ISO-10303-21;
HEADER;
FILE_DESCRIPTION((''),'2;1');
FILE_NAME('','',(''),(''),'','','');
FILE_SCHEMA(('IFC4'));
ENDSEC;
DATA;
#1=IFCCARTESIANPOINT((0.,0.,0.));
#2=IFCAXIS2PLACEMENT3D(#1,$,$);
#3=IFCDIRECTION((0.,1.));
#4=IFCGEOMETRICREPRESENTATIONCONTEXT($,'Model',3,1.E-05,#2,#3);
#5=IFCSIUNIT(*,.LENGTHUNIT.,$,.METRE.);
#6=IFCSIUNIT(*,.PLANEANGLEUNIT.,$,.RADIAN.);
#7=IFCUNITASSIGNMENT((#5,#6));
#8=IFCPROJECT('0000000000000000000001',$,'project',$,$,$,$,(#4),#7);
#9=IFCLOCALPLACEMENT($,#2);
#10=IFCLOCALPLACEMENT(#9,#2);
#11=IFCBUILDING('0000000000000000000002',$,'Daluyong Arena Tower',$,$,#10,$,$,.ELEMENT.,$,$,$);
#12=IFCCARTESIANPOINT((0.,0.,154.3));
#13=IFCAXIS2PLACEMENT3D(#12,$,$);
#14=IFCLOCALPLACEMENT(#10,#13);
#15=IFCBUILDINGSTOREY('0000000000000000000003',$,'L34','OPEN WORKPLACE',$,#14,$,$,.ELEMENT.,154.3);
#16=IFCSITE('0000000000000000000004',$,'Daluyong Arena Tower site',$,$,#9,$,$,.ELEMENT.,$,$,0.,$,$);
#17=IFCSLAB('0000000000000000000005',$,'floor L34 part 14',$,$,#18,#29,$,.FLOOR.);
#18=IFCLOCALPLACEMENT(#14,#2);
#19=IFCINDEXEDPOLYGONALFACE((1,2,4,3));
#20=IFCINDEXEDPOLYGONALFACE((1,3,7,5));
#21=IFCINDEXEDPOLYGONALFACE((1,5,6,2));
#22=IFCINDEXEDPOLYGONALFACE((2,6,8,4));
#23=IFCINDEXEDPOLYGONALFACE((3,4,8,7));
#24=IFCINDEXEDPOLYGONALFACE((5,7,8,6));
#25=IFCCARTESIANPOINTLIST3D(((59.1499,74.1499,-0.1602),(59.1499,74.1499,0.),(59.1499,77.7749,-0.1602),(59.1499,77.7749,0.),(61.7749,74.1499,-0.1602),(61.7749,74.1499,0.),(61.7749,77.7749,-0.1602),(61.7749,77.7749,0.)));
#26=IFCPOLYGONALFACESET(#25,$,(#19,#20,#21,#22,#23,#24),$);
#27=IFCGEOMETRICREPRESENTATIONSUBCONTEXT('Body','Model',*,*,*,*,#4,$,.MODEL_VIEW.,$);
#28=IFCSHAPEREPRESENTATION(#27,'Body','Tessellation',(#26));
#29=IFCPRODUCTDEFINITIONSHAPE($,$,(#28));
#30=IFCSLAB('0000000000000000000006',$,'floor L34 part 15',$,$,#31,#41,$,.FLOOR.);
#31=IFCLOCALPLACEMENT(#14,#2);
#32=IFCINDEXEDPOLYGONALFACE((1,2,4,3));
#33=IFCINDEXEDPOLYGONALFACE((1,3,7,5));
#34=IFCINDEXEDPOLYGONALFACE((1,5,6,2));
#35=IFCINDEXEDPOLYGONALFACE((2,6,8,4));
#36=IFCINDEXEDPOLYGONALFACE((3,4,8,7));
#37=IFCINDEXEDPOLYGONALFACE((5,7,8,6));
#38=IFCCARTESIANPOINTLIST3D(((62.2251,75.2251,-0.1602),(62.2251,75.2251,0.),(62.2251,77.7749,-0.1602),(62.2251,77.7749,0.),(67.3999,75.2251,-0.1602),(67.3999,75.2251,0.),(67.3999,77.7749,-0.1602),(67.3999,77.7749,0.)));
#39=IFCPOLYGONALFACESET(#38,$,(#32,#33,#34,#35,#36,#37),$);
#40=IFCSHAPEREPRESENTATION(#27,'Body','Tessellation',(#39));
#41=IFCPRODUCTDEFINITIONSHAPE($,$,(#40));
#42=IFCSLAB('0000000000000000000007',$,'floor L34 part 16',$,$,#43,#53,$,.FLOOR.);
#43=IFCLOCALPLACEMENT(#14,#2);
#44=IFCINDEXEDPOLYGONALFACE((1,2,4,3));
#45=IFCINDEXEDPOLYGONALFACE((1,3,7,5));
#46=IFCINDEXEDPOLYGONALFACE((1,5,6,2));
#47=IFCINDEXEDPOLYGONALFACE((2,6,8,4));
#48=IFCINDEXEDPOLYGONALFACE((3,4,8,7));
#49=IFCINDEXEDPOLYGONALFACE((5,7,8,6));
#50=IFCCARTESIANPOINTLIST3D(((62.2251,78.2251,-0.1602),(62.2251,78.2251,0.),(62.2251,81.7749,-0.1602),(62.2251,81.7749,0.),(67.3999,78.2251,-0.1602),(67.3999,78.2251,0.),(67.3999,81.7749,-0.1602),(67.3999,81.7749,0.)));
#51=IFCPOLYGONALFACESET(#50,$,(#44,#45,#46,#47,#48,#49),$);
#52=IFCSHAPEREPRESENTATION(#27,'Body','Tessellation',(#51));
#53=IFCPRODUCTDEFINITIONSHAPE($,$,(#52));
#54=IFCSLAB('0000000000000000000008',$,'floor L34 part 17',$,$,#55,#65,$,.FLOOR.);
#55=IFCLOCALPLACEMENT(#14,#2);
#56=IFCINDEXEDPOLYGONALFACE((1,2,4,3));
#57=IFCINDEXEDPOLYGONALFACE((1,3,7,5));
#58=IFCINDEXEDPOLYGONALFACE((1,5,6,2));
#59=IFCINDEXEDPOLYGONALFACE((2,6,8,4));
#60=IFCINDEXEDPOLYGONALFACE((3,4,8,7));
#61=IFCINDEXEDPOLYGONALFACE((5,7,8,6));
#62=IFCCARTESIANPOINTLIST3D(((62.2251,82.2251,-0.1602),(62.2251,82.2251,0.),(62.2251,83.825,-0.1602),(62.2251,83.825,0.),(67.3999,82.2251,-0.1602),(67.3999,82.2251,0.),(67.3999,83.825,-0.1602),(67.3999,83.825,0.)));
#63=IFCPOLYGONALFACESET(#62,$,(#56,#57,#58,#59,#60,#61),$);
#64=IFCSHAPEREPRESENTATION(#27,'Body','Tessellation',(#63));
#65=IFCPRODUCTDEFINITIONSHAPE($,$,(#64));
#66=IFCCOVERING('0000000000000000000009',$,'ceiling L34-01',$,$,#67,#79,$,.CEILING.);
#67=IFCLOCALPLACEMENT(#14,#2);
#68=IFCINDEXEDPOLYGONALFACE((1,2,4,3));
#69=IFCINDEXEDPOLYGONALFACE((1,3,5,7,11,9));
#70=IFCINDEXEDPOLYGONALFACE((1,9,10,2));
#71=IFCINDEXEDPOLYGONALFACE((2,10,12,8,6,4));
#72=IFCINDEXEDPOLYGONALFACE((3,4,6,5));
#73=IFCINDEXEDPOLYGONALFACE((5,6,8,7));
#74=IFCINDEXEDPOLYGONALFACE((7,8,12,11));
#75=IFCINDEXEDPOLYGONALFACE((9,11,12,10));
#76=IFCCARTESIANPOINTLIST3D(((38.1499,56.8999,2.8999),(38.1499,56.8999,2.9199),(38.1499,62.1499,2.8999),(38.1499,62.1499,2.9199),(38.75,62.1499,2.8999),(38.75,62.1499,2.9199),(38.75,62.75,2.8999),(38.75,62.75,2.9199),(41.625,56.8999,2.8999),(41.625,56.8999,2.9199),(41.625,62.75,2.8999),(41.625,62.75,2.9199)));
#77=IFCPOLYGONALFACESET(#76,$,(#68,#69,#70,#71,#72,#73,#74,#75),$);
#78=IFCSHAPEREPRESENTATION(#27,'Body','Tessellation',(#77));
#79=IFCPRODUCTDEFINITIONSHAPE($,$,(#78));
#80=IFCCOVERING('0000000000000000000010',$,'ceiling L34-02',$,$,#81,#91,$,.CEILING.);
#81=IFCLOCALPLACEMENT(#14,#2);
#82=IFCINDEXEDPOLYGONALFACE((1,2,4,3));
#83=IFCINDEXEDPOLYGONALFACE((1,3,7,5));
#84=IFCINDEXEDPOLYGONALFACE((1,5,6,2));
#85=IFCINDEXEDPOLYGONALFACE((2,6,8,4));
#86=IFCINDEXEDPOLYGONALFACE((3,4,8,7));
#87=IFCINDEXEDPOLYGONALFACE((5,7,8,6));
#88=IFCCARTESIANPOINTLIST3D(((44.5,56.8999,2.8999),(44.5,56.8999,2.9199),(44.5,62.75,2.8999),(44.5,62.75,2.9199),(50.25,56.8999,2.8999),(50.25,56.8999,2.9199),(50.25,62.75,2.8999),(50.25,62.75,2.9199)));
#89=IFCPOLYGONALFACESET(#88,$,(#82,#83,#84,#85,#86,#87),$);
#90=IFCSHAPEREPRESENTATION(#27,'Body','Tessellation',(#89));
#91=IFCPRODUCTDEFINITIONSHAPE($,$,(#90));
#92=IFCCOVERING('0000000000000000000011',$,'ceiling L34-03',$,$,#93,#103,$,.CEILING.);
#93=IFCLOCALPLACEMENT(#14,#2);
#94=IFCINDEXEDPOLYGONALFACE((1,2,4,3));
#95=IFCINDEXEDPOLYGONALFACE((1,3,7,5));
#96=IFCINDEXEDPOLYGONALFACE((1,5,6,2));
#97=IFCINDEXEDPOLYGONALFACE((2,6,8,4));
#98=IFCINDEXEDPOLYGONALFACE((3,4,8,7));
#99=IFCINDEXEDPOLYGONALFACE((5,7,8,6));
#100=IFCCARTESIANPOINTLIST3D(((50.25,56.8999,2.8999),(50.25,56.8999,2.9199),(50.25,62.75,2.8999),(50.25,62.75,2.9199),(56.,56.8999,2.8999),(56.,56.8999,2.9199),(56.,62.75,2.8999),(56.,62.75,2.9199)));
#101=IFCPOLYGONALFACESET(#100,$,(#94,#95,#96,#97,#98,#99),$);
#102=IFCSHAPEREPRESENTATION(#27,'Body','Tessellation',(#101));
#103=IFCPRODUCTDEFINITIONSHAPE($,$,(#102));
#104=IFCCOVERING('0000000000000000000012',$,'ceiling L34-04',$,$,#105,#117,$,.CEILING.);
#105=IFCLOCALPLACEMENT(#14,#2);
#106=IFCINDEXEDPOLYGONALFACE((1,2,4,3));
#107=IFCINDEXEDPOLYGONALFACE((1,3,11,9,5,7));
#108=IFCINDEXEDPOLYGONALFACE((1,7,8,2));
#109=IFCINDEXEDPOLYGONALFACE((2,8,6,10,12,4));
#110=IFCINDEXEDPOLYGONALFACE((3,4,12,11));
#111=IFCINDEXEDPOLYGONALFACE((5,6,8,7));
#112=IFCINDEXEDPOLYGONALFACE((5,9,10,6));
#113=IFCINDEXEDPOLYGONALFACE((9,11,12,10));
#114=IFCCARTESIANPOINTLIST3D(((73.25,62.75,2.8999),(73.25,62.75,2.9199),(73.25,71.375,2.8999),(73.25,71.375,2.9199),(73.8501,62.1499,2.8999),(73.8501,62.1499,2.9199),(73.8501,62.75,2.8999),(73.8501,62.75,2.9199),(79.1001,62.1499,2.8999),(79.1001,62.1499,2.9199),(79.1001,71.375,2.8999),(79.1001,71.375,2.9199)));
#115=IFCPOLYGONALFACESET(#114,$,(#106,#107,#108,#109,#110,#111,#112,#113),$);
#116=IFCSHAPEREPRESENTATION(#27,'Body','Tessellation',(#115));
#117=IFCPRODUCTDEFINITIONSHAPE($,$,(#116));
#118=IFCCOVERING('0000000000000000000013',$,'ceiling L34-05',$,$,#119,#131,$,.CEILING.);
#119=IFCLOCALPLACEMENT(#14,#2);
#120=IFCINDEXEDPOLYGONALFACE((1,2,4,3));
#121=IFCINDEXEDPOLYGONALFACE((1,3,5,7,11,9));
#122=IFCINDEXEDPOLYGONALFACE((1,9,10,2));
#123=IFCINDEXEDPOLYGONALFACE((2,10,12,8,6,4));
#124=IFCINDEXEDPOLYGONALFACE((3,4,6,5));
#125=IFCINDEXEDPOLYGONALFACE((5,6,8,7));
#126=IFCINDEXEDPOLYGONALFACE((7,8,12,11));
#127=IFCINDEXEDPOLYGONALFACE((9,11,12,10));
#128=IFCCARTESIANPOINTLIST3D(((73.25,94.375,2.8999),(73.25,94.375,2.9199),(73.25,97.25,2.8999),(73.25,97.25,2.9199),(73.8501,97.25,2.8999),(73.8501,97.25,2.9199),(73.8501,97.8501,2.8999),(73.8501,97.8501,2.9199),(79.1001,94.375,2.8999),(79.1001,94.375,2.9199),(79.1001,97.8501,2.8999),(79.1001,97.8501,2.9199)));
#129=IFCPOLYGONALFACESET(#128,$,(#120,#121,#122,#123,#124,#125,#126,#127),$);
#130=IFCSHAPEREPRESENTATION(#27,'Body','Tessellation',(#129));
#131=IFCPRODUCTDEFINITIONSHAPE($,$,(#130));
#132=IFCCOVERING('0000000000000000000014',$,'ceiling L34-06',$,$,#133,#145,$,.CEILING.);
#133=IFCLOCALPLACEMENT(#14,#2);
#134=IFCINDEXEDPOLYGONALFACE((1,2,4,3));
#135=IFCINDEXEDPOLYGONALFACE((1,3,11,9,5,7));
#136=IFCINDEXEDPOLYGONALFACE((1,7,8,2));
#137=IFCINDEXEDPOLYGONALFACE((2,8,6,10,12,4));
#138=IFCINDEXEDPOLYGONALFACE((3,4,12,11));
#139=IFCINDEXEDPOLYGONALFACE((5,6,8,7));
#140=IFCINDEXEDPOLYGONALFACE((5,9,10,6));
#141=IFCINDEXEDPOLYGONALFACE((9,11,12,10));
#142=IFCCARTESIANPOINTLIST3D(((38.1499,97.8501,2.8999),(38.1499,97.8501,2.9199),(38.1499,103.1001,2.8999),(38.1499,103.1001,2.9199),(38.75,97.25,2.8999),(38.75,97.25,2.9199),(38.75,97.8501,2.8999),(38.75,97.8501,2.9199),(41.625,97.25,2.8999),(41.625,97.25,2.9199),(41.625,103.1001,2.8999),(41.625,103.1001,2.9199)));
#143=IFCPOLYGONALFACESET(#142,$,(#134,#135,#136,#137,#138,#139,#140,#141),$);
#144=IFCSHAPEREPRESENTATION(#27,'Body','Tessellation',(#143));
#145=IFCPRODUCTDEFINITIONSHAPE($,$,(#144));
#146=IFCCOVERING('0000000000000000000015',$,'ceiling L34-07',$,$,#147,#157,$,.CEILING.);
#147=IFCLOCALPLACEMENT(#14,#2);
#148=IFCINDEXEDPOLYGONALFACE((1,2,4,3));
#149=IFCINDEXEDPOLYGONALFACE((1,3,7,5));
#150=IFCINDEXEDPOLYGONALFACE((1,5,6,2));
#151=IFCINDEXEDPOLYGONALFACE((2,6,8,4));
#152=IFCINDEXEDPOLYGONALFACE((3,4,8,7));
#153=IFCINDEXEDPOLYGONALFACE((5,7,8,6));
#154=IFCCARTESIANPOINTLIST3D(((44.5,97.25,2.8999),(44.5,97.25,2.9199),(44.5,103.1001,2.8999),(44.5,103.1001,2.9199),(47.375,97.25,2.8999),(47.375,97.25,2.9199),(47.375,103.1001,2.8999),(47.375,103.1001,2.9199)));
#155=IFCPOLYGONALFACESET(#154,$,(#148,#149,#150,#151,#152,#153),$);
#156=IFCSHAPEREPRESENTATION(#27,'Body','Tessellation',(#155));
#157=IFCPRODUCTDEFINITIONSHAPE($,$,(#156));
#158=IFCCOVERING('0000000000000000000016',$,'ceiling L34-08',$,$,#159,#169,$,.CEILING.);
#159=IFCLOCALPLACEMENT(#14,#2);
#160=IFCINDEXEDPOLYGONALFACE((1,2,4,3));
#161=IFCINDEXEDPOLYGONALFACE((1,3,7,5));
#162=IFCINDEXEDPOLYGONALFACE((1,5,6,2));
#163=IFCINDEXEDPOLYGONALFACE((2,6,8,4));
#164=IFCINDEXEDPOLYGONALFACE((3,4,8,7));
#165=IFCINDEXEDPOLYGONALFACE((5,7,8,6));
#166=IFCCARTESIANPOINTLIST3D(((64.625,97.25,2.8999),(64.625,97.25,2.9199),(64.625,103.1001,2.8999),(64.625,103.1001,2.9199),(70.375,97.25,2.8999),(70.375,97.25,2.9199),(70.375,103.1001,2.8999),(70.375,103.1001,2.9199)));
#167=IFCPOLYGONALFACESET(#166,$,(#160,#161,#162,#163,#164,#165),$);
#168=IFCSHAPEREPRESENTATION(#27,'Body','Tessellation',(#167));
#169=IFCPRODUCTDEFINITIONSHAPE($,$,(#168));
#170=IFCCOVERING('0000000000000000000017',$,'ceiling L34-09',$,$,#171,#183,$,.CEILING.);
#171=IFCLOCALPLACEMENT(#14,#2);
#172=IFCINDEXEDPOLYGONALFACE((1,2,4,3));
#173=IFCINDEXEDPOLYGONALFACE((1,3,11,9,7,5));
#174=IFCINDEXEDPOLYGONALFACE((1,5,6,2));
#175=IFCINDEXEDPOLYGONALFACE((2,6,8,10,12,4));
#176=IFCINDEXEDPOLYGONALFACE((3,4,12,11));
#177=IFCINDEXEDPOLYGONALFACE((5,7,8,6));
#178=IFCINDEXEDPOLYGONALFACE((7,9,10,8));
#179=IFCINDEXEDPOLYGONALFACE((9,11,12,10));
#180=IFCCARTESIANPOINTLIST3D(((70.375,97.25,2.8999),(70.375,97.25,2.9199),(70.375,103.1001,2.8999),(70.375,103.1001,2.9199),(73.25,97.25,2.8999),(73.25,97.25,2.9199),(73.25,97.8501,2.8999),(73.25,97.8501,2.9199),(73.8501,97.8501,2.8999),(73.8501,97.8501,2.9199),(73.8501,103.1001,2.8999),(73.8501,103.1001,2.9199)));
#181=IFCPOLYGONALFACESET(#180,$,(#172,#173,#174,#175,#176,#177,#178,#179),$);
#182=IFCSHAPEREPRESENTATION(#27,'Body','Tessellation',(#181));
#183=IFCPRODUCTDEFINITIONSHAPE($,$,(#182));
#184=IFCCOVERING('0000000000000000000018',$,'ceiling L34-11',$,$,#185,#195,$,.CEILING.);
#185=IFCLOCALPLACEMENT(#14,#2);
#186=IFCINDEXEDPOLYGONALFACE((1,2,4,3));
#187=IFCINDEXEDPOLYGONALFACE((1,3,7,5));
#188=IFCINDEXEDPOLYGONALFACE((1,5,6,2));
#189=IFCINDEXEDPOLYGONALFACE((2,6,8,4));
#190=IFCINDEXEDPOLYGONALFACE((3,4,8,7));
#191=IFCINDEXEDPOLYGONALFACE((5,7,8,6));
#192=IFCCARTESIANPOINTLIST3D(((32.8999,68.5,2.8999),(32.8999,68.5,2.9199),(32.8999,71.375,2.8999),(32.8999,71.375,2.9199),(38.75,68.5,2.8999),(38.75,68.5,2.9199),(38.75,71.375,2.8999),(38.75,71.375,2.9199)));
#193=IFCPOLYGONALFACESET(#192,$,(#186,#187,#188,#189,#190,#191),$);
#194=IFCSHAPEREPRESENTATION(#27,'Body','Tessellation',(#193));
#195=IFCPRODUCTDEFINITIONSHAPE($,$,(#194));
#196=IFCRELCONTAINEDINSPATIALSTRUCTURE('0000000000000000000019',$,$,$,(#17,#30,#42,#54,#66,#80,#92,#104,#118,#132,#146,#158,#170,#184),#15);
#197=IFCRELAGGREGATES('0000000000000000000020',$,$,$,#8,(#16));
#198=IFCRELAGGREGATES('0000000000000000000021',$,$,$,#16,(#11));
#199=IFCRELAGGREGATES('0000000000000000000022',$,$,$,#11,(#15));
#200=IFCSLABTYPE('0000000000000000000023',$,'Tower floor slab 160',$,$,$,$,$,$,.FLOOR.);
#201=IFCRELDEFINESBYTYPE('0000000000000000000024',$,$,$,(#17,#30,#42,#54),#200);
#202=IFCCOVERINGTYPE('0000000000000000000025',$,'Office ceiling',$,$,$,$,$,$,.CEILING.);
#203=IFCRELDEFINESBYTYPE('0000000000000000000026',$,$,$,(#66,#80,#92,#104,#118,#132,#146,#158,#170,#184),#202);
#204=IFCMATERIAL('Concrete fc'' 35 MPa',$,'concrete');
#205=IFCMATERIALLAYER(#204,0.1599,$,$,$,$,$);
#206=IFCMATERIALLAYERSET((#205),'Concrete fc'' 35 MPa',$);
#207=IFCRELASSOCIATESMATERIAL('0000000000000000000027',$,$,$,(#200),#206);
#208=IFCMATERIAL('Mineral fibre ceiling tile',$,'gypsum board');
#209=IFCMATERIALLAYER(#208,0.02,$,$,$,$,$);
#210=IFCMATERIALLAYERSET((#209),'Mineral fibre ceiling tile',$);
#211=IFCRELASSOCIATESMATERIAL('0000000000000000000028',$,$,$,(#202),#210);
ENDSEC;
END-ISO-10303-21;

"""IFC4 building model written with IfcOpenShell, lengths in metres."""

from ifc_helpers import new_model, si_unit, direction, frame, origin, place, context, subcontext, project, spatial, polyline, outline, extrude, material, layer, layer_set, type_object, element, save


model = new_model("IFC4")

# Units and contexts
model_context = context("Model", 3, precision=1e-05, world=origin(), true_north=direction((0.0, 1.0)))
body_context = subcontext(model_context, "Body", "Model", "MODEL_VIEW")
ifc_project = project(units=[si_unit("LENGTHUNIT", "METRE"), si_unit("PLANEANGLEUNIT", "RADIAN")], contexts=[model_context])

# Site, building, storey
site_placement = place(None, origin())
site = spatial("IfcSite", under=ifc_project, at=site_placement, Name="Daluyong Arena Tower site", CompositionType="ELEMENT", RefElevation=0.0)
building_placement = place(site_placement, origin())
building = spatial("IfcBuilding", under=site, at=building_placement, Name="Daluyong Arena Tower", CompositionType="ELEMENT")
storey_placement = place(building_placement, frame((0.0, 0.0, 154.3)))
storey = spatial("IfcBuildingStorey", under=building, at=storey_placement, Name="L34", Description="OPEN WORKPLACE", CompositionType="ELEMENT", Elevation=154.3)

# Slabs
ifc_material_1 = material(Name="Concrete fc' 35 MPa", Category="concrete")
ifc_layer_1 = layer(ifc_material_1, 0.1599)
ifc_layer_set_1 = layer_set([ifc_layer_1], Name="Concrete fc' 35 MPa")
slab_type = type_object("IfcSlabType", Name="Tower floor slab 160", PredefinedType="FLOOR", material=ifc_layer_set_1)
slab_1_placement = place(storey_placement, frame((0.0, 0.0, -0.1602)))
element("IfcSlab", 1, at=slab_1_placement, inside=storey, type_object=slab_type, Name="floor L34 part 14", PredefinedType="FLOOR", context=body_context, shape_type="SweptSolid", body=[
    extrude(outline(polyline([(59.1499, 77.7749), (59.1499, 74.1499), (61.7749, 74.1499), (61.7749, 77.7749), (59.1499, 77.7749)])), origin(), (0.0, 0.0, 1.0), 0.1602),
])
slab_2_placement = place(storey_placement, frame((0.0, 0.0, -0.1602)))
element("IfcSlab", 2, at=slab_2_placement, inside=storey, type_object=slab_type, Name="floor L34 part 15", PredefinedType="FLOOR", context=body_context, shape_type="SweptSolid", body=[
    extrude(outline(polyline([(62.2251, 75.2251), (67.3999, 75.2251), (67.3999, 77.7749), (62.2251, 77.7749), (62.2251, 75.2251)])), origin(), (0.0, 0.0, 1.0), 0.1602),
])
slab_3_placement = place(storey_placement, frame((0.0, 0.0, -0.1602)))
element("IfcSlab", 3, at=slab_3_placement, inside=storey, type_object=slab_type, Name="floor L34 part 16", PredefinedType="FLOOR", context=body_context, shape_type="SweptSolid", body=[
    extrude(outline(polyline([(62.2251, 78.2251), (67.3999, 78.2251), (67.3999, 81.7749), (62.2251, 81.7749), (62.2251, 78.2251)])), origin(), (0.0, 0.0, 1.0), 0.1602),
])
slab_4_placement = place(storey_placement, frame((0.0, 0.0, -0.1602)))
element("IfcSlab", 4, at=slab_4_placement, inside=storey, type_object=slab_type, Name="floor L34 part 17", PredefinedType="FLOOR", context=body_context, shape_type="SweptSolid", body=[
    extrude(outline(polyline([(62.2251, 82.2251), (67.3999, 82.2251), (67.3999, 83.825), (62.2251, 83.825), (62.2251, 82.2251)])), origin(), (0.0, 0.0, 1.0), 0.1602),
])

# Coverings
ifc_material_2 = material(Name="Mineral fibre ceiling tile", Category="gypsum board")
ifc_layer_2 = layer(ifc_material_2, 0.02)
ifc_layer_set_2 = layer_set([ifc_layer_2], Name="Mineral fibre ceiling tile")
covering_type = type_object("IfcCoveringType", Name="Office ceiling", PredefinedType="CEILING", material=ifc_layer_set_2)
covering_1_placement = place(storey_placement, frame((0.0, 0.0, 2.8999)))
element("IfcCovering", 5, at=covering_1_placement, inside=storey, type_object=covering_type, Name="ceiling L34-01", PredefinedType="CEILING", context=body_context, shape_type="SweptSolid", body=[
    extrude(outline(polyline([(38.1499, 62.1499), (38.1499, 56.8999), (41.625, 56.8999), (41.625, 62.75), (38.75, 62.75), (38.75, 62.1499), (38.1499, 62.1499)])), origin(), (0.0, 0.0, 1.0), 0.02),
])
covering_2_placement = place(storey_placement, frame((0.0, 0.0, 2.8999)))
element("IfcCovering", 6, at=covering_2_placement, inside=storey, type_object=covering_type, Name="ceiling L34-02", PredefinedType="CEILING", context=body_context, shape_type="SweptSolid", body=[
    extrude(outline(polyline([(44.5, 62.75), (44.5, 56.8999), (50.25, 56.8999), (50.25, 62.75), (44.5, 62.75)])), origin(), (0.0, 0.0, 1.0), 0.02),
])
covering_3_placement = place(storey_placement, frame((0.0, 0.0, 2.8999)))
element("IfcCovering", 7, at=covering_3_placement, inside=storey, type_object=covering_type, Name="ceiling L34-03", PredefinedType="CEILING", context=body_context, shape_type="SweptSolid", body=[
    extrude(outline(polyline([(50.25, 62.75), (50.25, 56.8999), (56.0, 56.8999), (56.0, 62.75), (50.25, 62.75)])), origin(), (0.0, 0.0, 1.0), 0.02),
])
covering_4_placement = place(storey_placement, frame((0.0, 0.0, 2.8999)))
element("IfcCovering", 8, at=covering_4_placement, inside=storey, type_object=covering_type, Name="ceiling L34-04", PredefinedType="CEILING", context=body_context, shape_type="SweptSolid", body=[
    extrude(outline(polyline([(73.8501, 62.1499), (79.1001, 62.1499), (79.1001, 71.375), (73.25, 71.375), (73.25, 62.75), (73.8501, 62.75), (73.8501, 62.1499)])), origin(), (0.0, 0.0, 1.0), 0.02),
])
covering_5_placement = place(storey_placement, frame((0.0, 0.0, 2.8999)))
element("IfcCovering", 9, at=covering_5_placement, inside=storey, type_object=covering_type, Name="ceiling L34-05", PredefinedType="CEILING", context=body_context, shape_type="SweptSolid", body=[
    extrude(outline(polyline([(73.25, 94.375), (79.1001, 94.375), (79.1001, 97.8501), (73.8501, 97.8501), (73.8501, 97.25), (73.25, 97.25), (73.25, 94.375)])), origin(), (0.0, 0.0, 1.0), 0.02),
])
covering_6_placement = place(storey_placement, frame((0.0, 0.0, 2.8999)))
element("IfcCovering", 10, at=covering_6_placement, inside=storey, type_object=covering_type, Name="ceiling L34-06", PredefinedType="CEILING", context=body_context, shape_type="SweptSolid", body=[
    extrude(outline(polyline([(41.625, 97.25), (41.625, 103.1001), (38.1499, 103.1001), (38.1499, 97.8501), (38.75, 97.8501), (38.75, 97.25), (41.625, 97.25)])), origin(), (0.0, 0.0, 1.0), 0.02),
])
covering_7_placement = place(storey_placement, frame((0.0, 0.0, 2.8999)))
element("IfcCovering", 11, at=covering_7_placement, inside=storey, type_object=covering_type, Name="ceiling L34-07", PredefinedType="CEILING", context=body_context, shape_type="SweptSolid", body=[
    extrude(outline(polyline([(47.375, 97.25), (47.375, 103.1001), (44.5, 103.1001), (44.5, 97.25), (47.375, 97.25)])), origin(), (0.0, 0.0, 1.0), 0.02),
])
covering_8_placement = place(storey_placement, frame((0.0, 0.0, 2.8999)))
element("IfcCovering", 12, at=covering_8_placement, inside=storey, type_object=covering_type, Name="ceiling L34-08", PredefinedType="CEILING", context=body_context, shape_type="SweptSolid", body=[
    extrude(outline(polyline([(70.375, 97.25), (70.375, 103.1001), (64.625, 103.1001), (64.625, 97.25), (70.375, 97.25)])), origin(), (0.0, 0.0, 1.0), 0.02),
])
covering_9_placement = place(storey_placement, frame((0.0, 0.0, 2.8999)))
element("IfcCovering", 13, at=covering_9_placement, inside=storey, type_object=covering_type, Name="ceiling L34-09", PredefinedType="CEILING", context=body_context, shape_type="SweptSolid", body=[
    extrude(outline(polyline([(70.375, 97.25), (73.25, 97.25), (73.25, 97.8501), (73.8501, 97.8501), (73.8501, 103.1001), (70.375, 103.1001), (70.375, 97.25)])), origin(), (0.0, 0.0, 1.0), 0.02),
])
covering_10_placement = place(storey_placement, frame((0.0, 0.0, 2.8999)))
element("IfcCovering", 14, at=covering_10_placement, inside=storey, type_object=covering_type, Name="ceiling L34-11", PredefinedType="CEILING", context=body_context, shape_type="SweptSolid", body=[
    extrude(outline(polyline([(38.75, 71.375), (32.8999, 71.375), (32.8999, 68.5), (38.75, 68.5), (38.75, 71.375)])), origin(), (0.0, 0.0, 1.0), 0.02),
])

save(model, "model.ifc")
